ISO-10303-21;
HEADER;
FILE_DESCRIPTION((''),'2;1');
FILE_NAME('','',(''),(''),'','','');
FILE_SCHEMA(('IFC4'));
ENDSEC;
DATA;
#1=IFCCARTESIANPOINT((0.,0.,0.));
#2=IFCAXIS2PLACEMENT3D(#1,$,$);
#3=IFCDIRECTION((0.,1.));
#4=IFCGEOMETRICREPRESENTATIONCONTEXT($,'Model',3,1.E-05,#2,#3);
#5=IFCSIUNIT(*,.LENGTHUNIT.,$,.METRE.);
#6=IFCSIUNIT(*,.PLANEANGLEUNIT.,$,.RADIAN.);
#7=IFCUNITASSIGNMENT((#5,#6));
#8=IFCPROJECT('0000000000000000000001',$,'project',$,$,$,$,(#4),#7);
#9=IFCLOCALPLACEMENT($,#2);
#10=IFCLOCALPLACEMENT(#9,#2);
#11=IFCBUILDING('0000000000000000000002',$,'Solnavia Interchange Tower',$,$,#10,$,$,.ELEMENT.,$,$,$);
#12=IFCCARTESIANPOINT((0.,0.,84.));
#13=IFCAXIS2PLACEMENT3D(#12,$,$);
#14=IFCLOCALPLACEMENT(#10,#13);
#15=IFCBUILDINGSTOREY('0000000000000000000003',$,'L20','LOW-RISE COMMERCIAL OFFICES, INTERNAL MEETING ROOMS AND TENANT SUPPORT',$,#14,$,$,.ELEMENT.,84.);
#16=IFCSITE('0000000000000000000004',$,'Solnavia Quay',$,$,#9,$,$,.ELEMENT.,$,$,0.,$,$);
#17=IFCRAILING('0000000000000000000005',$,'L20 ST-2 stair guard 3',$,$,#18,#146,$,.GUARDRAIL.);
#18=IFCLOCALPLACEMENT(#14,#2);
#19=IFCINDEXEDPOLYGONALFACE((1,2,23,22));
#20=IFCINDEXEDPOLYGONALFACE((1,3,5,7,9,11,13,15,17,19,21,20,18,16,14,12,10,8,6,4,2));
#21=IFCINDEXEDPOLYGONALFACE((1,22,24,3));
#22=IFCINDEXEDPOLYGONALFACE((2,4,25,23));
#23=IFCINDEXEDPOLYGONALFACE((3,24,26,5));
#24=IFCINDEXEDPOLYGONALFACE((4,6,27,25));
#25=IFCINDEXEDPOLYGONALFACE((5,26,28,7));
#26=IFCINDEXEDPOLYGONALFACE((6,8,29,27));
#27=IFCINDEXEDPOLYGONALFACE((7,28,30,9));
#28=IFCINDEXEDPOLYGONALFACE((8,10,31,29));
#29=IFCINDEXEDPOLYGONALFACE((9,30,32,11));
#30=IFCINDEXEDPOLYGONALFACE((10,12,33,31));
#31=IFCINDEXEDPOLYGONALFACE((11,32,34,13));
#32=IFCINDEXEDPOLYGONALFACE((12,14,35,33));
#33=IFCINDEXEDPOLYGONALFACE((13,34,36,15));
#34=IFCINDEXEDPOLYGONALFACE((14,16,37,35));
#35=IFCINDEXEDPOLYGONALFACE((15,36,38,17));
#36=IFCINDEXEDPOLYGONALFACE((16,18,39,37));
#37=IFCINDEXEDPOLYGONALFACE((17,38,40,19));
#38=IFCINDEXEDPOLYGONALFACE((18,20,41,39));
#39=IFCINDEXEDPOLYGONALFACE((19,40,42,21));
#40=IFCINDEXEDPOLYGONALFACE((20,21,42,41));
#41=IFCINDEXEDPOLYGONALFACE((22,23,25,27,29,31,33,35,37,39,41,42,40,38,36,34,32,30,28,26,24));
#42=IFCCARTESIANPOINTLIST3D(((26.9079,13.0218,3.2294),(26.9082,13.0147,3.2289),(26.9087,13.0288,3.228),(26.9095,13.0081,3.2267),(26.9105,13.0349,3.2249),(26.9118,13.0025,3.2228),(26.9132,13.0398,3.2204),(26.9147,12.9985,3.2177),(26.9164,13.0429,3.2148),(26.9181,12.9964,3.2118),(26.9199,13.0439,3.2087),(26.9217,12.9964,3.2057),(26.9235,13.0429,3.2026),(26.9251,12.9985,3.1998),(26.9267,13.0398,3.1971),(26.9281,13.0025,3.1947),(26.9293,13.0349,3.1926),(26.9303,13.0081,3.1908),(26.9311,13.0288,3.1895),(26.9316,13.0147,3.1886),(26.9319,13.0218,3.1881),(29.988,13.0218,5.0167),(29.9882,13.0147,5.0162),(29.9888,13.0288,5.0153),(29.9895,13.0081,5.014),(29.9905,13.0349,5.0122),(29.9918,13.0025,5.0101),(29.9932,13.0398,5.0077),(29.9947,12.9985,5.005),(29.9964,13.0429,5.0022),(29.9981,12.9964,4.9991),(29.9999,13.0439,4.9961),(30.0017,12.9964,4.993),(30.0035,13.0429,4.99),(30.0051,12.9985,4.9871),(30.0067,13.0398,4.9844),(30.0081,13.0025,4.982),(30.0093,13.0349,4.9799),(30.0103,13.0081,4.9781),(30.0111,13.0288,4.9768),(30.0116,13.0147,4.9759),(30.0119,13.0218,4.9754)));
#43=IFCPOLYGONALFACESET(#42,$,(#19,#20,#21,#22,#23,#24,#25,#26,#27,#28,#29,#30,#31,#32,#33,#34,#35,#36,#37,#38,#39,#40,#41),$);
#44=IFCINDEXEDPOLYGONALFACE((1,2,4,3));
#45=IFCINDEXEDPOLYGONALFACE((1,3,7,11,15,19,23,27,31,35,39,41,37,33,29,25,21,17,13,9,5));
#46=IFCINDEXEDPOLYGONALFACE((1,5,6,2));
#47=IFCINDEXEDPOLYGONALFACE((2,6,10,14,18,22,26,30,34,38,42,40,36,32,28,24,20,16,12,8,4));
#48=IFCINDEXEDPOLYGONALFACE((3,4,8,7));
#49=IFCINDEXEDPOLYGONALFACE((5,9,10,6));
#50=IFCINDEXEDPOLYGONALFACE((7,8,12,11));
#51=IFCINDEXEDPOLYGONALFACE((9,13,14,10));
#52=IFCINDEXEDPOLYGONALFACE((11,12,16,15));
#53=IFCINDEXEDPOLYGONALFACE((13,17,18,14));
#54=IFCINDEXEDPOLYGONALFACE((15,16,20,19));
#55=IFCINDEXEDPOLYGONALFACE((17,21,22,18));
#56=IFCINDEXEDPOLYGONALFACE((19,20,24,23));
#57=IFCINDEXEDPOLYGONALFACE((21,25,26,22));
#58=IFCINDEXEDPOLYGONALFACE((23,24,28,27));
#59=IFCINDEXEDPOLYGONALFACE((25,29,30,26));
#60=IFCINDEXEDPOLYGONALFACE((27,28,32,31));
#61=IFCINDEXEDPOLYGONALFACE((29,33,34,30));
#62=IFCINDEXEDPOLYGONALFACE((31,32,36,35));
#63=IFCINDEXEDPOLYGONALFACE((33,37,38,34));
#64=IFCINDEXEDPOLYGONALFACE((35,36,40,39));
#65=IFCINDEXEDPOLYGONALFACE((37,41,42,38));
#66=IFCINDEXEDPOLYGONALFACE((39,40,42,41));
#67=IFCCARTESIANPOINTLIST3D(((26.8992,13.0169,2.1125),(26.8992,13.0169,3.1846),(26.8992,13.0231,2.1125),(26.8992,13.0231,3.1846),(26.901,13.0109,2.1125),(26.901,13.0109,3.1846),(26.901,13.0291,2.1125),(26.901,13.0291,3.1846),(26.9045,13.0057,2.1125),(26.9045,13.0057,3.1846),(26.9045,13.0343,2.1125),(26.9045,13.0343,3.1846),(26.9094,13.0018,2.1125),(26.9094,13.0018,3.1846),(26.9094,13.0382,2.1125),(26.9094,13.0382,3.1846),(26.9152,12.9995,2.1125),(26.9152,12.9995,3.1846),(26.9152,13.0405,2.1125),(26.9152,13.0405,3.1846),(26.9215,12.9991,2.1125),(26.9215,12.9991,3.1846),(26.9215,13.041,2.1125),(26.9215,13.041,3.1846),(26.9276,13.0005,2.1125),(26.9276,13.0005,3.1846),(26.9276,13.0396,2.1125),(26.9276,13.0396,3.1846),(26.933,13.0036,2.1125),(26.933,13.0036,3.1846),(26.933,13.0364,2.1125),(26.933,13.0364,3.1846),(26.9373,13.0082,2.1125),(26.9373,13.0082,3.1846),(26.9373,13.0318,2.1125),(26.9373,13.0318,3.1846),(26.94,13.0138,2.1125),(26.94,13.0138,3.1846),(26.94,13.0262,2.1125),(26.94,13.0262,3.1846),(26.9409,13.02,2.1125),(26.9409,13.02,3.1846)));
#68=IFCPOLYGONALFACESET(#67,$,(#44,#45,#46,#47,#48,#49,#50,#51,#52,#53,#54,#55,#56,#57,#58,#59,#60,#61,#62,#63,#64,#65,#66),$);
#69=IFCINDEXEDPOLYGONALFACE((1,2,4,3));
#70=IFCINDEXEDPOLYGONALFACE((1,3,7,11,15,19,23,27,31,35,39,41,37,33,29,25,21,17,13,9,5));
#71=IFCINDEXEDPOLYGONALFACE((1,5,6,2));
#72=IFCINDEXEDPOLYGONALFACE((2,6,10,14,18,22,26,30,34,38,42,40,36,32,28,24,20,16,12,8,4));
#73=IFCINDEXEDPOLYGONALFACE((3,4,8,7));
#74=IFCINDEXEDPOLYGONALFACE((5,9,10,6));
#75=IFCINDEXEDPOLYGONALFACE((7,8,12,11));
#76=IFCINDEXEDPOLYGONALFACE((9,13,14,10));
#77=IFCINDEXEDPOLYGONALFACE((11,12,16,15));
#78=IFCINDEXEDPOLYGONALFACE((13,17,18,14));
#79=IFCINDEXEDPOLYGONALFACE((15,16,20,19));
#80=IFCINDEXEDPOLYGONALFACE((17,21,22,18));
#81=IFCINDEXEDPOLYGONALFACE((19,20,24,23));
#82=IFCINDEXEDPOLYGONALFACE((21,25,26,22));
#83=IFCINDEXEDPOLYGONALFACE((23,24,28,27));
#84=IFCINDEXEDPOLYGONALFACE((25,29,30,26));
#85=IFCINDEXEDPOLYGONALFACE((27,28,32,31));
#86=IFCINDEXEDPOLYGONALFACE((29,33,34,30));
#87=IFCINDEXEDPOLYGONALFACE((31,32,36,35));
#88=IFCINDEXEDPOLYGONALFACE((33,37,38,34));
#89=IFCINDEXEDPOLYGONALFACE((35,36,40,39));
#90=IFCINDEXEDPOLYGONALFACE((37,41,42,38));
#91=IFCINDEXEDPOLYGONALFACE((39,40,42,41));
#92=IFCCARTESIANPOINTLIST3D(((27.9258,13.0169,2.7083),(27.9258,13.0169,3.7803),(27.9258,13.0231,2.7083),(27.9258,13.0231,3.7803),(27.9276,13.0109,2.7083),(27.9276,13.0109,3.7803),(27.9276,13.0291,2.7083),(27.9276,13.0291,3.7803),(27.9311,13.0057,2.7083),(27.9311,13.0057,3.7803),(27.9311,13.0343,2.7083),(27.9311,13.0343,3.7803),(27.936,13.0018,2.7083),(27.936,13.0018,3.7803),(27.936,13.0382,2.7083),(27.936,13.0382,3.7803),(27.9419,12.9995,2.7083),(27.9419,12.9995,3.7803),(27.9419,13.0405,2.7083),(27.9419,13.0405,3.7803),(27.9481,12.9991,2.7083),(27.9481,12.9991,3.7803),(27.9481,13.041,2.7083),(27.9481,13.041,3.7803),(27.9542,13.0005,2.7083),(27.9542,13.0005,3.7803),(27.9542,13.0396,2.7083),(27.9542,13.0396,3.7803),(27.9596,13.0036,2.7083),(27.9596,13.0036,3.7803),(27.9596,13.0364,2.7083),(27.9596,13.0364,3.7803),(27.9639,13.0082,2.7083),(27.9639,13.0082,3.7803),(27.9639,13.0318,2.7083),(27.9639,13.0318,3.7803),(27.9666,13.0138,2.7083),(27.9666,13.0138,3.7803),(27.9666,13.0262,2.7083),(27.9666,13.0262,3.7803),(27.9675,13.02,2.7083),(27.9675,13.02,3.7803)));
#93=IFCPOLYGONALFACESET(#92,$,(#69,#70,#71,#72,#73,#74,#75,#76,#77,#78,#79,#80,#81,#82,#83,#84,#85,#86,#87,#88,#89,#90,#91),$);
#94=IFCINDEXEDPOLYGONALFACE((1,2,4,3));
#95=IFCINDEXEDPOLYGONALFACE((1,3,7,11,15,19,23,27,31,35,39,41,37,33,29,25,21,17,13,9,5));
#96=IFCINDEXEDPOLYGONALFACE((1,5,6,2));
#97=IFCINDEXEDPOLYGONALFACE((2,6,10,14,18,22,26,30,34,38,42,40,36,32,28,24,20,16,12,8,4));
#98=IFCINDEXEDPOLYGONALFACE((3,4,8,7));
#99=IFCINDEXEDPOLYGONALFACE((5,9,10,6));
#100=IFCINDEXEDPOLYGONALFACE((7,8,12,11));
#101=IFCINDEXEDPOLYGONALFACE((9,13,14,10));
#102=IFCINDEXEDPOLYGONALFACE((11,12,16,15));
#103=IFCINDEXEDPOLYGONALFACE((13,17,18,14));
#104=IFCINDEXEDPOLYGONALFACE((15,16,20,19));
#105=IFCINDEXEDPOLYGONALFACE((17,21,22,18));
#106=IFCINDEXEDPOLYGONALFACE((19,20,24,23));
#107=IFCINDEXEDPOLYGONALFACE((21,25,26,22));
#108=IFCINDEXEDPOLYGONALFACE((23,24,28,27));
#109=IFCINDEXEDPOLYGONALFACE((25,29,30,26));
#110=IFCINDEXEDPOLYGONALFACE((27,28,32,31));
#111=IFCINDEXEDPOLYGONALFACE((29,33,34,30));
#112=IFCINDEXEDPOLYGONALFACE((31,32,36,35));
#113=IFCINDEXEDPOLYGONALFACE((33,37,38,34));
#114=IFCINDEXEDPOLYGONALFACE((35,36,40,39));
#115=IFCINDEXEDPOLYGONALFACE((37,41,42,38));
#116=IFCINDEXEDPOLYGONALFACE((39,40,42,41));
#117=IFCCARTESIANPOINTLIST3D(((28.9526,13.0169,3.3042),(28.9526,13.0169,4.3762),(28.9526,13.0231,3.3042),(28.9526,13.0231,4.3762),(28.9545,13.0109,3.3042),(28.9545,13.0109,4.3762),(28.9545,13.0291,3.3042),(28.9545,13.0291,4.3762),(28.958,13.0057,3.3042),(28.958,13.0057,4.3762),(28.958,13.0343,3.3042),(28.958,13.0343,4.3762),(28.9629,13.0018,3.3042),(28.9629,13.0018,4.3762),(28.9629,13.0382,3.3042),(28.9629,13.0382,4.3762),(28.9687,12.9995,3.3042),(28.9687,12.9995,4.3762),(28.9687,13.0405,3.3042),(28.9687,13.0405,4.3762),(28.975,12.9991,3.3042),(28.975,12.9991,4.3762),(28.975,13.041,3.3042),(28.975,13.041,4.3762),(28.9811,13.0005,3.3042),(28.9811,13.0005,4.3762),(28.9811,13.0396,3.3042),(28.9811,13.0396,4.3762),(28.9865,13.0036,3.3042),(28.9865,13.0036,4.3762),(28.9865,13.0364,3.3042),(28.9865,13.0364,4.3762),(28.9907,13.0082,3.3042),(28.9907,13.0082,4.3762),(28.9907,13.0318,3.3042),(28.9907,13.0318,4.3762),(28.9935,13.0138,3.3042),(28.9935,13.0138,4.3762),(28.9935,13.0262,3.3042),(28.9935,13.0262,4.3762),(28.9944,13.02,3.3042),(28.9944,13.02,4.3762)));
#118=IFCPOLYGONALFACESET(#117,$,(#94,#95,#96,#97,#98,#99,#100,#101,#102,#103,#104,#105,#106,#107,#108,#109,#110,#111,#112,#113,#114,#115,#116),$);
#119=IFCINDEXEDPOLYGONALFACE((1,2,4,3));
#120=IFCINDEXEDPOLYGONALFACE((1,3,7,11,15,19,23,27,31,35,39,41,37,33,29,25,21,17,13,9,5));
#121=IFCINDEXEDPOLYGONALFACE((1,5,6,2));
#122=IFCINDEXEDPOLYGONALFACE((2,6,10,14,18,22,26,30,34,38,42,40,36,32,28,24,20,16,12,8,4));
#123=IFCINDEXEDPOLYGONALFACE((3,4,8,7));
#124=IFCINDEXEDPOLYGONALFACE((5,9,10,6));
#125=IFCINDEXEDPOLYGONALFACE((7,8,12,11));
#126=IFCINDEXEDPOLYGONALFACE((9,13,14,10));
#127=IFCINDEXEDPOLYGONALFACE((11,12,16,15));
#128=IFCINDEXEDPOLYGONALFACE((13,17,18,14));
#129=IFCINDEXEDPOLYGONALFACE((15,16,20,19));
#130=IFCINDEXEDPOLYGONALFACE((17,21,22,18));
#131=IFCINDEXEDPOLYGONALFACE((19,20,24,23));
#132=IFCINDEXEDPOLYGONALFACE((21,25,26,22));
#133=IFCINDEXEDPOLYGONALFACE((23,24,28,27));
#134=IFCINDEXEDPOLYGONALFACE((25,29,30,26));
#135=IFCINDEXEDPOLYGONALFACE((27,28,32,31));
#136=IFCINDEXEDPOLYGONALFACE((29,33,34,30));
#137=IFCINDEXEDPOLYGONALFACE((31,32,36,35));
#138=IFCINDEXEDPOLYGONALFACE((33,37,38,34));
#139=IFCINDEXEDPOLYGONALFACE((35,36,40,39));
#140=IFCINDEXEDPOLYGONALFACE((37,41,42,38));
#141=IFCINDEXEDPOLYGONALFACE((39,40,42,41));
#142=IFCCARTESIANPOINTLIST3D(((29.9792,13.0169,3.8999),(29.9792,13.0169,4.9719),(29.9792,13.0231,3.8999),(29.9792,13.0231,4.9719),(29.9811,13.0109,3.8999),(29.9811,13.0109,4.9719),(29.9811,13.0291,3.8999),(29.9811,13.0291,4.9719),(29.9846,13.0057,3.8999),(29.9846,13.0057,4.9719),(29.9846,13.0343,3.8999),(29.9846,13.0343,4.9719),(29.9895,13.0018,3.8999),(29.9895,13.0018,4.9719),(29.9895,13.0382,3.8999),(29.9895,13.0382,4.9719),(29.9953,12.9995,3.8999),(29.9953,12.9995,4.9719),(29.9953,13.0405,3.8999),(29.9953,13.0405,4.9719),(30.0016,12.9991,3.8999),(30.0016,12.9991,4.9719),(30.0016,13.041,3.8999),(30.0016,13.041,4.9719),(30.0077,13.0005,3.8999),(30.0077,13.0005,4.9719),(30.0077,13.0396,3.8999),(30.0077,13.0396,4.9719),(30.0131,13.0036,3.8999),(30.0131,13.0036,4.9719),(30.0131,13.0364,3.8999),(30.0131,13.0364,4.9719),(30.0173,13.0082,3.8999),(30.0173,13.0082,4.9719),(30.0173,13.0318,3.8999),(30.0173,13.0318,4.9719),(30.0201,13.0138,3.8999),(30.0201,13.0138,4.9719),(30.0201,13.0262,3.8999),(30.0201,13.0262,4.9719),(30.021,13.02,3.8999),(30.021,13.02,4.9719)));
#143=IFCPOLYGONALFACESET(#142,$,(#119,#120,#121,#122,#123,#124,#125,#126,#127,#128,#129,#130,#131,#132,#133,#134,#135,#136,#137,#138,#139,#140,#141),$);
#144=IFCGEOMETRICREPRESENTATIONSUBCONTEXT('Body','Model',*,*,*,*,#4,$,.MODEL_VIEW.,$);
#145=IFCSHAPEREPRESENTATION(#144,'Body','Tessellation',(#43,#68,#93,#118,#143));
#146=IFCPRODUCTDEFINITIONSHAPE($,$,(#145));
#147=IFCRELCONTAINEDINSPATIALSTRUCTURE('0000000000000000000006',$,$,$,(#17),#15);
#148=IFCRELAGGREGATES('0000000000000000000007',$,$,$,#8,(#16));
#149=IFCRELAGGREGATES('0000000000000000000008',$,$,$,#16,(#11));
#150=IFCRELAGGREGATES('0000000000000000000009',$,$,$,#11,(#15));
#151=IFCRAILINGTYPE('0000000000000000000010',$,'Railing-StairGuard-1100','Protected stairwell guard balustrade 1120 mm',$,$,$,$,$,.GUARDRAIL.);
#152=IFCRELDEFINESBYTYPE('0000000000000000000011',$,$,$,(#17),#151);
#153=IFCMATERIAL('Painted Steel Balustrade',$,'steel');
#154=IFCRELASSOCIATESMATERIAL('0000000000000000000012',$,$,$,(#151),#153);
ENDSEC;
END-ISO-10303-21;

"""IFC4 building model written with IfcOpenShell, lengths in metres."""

from ifc_helpers import new_model, si_unit, direction, frame, origin, origin_2d, place, context, subcontext, project, spatial, circle, extrude, material, type_object, element, save


model = new_model("IFC4")

# Units and contexts
model_context = context("Model", 3, precision=1e-05, world=origin(), true_north=direction((0.0, 1.0)))
body_context = subcontext(model_context, "Body", "Model", "MODEL_VIEW")
ifc_project = project(units=[si_unit("LENGTHUNIT", "METRE"), si_unit("PLANEANGLEUNIT", "RADIAN")], contexts=[model_context])

# Site, building, storey
site_placement = place(None, origin())
site = spatial("IfcSite", under=ifc_project, at=site_placement, Name="Solnavia Quay", CompositionType="ELEMENT", RefElevation=0.0)
building_placement = place(site_placement, origin())
building = spatial("IfcBuilding", under=site, at=building_placement, Name="Solnavia Interchange Tower", CompositionType="ELEMENT")
storey_placement = place(building_placement, frame((0.0, 0.0, 84.0)))
storey = spatial("IfcBuildingStorey", under=building, at=storey_placement, Name="L20", Description="LOW-RISE COMMERCIAL OFFICES, INTERNAL MEETING ROOMS AND TENANT SUPPORT", CompositionType="ELEMENT", Elevation=84.0)

# Railing
ifc_material_1 = material(Name="Painted Steel Balustrade", Category="steel")
railing_type_1 = type_object("IfcRailingType", Name="Railing-StairGuard-1100", Description="Protected stairwell guard balustrade 1120 mm", PredefinedType="GUARDRAIL", material=ifc_material_1)
railing_1_placement = place(storey_placement, frame((26.9199, 13.02, 2.1125)))
element("IfcRailing", 1, at=railing_1_placement, inside=storey, type_object=railing_type_1, Name="L20 ST-2 stair guard 3", PredefinedType="GUARDRAIL", context=body_context, shape_type="SweptSolid", body=[
    extrude(circle(Radius=0.0239, at=origin_2d()), frame((0.0, 0.0, 1.0962), z_axis=(0.86492, 0.0, 0.501909), x_axis=(0.0, 1.0, 0.0)), (0.0, 0.0, 1.0), 3.561),
    extrude(circle(Radius=0.021, at=origin_2d()), origin(), (0.0, 0.0, 1.0), 1.072),
    extrude(circle(Radius=0.021, at=origin_2d()), frame((1.0266, 0.0, 0.5957)), (0.0, 0.0, 1.0), 1.072),
    extrude(circle(Radius=0.021, at=origin_2d()), frame((2.0535, 0.0, 1.1917)), (0.0, 0.0, 1.0), 1.072),
    extrude(circle(Radius=0.021, at=origin_2d()), frame((3.0801, 0.0, 1.7874)), (0.0, 0.0, 1.0), 1.072),
])

save(model, "model.ifc")
